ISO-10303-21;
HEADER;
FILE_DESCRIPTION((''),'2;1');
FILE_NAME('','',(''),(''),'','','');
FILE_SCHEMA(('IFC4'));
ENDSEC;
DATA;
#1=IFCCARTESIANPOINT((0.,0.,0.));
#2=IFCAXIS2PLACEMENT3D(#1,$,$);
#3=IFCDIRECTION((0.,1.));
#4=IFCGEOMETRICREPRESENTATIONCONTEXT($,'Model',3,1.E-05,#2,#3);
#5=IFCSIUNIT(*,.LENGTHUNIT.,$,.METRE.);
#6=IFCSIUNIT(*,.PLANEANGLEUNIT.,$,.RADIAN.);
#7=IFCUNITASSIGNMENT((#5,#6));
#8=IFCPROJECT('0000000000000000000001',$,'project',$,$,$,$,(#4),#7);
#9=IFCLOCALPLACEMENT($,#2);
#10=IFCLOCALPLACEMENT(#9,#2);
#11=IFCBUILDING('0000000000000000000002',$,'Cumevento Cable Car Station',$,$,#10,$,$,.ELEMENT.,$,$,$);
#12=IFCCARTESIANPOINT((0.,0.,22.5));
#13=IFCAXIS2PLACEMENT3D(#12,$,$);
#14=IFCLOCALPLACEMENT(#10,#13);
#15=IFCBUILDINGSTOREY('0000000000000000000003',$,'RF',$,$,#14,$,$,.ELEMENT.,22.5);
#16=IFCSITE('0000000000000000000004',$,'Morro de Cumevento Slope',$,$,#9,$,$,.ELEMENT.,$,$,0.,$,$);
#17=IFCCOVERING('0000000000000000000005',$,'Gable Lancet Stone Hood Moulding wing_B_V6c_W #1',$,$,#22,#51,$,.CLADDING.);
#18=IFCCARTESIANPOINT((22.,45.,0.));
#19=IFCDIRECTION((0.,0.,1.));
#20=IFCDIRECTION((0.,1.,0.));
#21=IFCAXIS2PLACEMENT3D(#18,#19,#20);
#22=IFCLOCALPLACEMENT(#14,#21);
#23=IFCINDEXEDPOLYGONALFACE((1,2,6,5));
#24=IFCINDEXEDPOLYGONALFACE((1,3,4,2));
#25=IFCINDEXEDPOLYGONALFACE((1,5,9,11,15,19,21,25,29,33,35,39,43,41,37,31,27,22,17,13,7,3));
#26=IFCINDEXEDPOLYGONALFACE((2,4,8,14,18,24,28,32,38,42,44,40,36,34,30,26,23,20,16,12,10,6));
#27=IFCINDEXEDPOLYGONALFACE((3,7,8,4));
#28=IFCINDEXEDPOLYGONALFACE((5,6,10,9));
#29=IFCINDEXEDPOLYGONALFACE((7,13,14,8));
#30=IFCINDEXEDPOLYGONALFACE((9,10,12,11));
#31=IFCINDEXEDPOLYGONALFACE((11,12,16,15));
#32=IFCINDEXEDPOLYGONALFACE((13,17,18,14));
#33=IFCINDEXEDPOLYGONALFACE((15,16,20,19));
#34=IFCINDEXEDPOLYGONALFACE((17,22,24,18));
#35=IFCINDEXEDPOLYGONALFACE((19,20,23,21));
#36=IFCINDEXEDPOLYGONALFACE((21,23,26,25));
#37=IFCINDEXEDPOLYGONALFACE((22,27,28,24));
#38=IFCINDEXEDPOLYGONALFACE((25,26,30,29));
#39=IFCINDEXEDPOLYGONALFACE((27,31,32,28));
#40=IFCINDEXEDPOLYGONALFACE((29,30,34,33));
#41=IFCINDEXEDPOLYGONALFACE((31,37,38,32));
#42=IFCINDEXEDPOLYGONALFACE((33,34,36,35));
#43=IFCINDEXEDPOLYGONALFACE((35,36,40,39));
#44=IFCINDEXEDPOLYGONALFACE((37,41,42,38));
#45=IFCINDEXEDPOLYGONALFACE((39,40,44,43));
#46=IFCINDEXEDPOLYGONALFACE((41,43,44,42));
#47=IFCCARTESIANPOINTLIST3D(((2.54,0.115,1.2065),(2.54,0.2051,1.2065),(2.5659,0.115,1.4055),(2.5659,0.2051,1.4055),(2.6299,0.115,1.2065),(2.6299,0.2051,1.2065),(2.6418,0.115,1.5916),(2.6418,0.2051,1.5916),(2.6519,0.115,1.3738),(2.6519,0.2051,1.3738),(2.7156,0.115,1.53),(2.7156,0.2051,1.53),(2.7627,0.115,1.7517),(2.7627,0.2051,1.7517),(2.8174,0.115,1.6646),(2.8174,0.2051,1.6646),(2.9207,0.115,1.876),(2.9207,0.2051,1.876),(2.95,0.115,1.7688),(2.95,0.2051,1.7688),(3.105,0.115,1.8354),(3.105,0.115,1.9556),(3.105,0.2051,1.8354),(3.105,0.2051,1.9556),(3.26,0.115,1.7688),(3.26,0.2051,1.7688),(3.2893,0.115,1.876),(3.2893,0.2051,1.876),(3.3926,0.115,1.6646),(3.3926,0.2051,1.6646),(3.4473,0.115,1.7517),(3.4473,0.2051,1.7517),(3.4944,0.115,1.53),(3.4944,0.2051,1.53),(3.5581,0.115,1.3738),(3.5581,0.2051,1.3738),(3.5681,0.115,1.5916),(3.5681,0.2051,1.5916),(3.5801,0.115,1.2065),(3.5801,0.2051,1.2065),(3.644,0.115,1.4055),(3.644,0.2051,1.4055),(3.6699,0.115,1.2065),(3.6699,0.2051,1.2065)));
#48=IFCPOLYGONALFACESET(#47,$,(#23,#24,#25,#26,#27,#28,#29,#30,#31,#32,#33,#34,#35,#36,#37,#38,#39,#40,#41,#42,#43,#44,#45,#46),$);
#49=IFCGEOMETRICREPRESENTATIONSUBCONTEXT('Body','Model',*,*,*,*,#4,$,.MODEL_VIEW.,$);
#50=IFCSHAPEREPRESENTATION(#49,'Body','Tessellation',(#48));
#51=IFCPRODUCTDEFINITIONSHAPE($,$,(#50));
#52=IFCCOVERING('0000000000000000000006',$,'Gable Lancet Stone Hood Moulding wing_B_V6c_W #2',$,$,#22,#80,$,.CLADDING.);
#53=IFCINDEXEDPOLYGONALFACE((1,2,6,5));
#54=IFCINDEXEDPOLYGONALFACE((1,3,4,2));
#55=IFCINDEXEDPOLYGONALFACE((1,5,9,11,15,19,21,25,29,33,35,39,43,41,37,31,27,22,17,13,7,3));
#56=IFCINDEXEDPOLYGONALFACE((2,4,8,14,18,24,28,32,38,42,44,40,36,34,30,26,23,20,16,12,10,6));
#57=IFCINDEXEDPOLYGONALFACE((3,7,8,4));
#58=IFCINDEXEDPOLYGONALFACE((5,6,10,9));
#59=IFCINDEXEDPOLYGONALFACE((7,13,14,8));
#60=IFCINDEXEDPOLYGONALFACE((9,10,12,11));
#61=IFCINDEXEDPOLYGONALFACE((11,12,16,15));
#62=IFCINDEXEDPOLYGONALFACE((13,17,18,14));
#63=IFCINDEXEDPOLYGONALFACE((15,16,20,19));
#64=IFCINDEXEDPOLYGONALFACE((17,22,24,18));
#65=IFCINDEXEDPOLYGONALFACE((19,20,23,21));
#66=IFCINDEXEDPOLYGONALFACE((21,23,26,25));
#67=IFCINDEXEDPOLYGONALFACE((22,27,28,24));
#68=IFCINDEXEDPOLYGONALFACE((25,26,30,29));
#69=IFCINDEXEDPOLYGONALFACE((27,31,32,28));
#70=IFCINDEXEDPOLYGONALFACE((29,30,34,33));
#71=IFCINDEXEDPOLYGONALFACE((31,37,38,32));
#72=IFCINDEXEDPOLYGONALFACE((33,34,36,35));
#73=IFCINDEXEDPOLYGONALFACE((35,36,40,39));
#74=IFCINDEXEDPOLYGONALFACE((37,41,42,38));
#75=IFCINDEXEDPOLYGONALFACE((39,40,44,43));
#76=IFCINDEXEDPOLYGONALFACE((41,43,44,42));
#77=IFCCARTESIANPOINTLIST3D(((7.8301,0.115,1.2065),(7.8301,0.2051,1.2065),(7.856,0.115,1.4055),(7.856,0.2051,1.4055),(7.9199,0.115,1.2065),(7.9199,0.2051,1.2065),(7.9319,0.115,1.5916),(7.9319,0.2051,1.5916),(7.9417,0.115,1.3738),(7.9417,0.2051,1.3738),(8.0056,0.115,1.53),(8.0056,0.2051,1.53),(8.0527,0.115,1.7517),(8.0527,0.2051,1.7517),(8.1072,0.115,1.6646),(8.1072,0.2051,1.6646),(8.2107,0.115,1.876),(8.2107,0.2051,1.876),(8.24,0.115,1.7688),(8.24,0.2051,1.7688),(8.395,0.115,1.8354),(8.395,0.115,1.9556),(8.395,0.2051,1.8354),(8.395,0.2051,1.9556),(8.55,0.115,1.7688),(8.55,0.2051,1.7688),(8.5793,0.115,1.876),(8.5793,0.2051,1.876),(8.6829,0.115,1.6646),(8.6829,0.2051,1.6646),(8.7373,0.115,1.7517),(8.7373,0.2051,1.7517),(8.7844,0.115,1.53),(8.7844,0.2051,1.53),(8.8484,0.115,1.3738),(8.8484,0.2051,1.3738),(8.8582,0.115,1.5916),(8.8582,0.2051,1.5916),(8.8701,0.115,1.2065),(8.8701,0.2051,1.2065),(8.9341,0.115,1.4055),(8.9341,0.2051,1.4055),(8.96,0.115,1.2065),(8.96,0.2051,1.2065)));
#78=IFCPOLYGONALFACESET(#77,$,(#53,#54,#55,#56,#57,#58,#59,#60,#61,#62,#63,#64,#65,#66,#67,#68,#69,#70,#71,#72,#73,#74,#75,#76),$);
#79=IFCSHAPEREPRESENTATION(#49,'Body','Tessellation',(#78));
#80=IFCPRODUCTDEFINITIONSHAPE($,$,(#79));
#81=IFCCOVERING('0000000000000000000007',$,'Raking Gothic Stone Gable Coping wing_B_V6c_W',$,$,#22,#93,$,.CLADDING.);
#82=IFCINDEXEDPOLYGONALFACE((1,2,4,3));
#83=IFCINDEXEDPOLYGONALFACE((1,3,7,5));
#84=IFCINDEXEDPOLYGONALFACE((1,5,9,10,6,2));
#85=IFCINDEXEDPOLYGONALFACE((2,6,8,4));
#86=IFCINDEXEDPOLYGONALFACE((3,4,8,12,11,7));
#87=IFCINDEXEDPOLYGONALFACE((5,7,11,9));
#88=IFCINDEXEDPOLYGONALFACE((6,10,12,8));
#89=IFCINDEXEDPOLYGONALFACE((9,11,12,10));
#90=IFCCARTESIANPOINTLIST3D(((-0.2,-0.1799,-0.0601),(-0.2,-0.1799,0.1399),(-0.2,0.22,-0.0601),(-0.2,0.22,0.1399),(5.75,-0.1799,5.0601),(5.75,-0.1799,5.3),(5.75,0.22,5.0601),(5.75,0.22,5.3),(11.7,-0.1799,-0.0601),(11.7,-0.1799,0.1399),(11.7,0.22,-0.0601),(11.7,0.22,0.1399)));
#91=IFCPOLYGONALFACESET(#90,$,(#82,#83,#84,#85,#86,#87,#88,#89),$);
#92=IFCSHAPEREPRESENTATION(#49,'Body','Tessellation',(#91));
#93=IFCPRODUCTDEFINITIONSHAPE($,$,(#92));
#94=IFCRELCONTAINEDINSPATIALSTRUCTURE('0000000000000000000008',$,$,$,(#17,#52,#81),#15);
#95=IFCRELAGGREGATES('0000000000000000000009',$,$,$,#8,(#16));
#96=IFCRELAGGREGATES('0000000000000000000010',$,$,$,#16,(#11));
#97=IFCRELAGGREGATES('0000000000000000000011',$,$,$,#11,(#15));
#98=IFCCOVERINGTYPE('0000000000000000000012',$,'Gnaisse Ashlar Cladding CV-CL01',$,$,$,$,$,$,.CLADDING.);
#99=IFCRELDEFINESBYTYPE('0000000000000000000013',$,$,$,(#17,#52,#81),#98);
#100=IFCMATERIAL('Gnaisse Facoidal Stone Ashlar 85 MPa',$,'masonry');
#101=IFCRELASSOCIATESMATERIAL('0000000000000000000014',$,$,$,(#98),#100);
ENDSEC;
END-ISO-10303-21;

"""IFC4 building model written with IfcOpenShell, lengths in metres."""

from ifc_helpers import new_model, si_unit, direction, frame, origin, place, context, subcontext, project, spatial, polyline, outline, extrude, material, type_object, element, save


model = new_model("IFC4")

# Units and contexts
model_context = context("Model", 3, precision=1e-05, world=origin(), true_north=direction((0.0, 1.0)))
body_context = subcontext(model_context, "Body", "Model", "MODEL_VIEW")
ifc_project = project(units=[si_unit("LENGTHUNIT", "METRE"), si_unit("PLANEANGLEUNIT", "RADIAN")], contexts=[model_context])

# Site, building, storey
site_placement = place(None, origin())
site = spatial("IfcSite", under=ifc_project, at=site_placement, Name="Morro de Cumevento Slope", CompositionType="ELEMENT", RefElevation=0.0)
building_placement = place(site_placement, origin())
building = spatial("IfcBuilding", under=site, at=building_placement, Name="Cumevento Cable Car Station", CompositionType="ELEMENT")
storey_placement = place(building_placement, frame((0.0, 0.0, 22.5)))
storey = spatial("IfcBuildingStorey", under=building, at=storey_placement, Name="RF", CompositionType="ELEMENT", Elevation=22.5)

# Coverings
ifc_material_1 = material(Name="Gnaisse Facoidal Stone Ashlar 85 MPa", Category="masonry")
covering_type = type_object("IfcCoveringType", Name="Gnaisse Ashlar Cladding CV-CL01", PredefinedType="CLADDING", material=ifc_material_1)
placement_1 = place(storey_placement, frame((22.0, 45.0, 0.0), z_axis=(0.0, 0.0, 1.0), x_axis=(0.0, 1.0, 0.0)))
element("IfcCovering", 1, at=placement_1, inside=storey, type_object=covering_type, Name="Gable Lancet Stone Hood Moulding wing_B_V6c_W #1", PredefinedType="CLADDING", context=body_context, shape_type="SweptSolid", body=[
    extrude(outline(polyline([(2.6299, 1.2065), (2.6519, 1.3738), (2.7156, 1.53), (2.8174, 1.6646), (2.95, 1.7688), (3.105, 1.8354), (3.26, 1.7688), (3.3926, 1.6646), (3.4944, 1.53), (3.5581, 1.3738), (3.5801, 1.2065), (3.6699, 1.2065), (3.644, 1.4055), (3.5681, 1.5916), (3.4473, 1.7517), (3.2893, 1.876), (3.105, 1.9556), (2.9207, 1.876), (2.7627, 1.7517), (2.6418, 1.5916), (2.5659, 1.4055), (2.54, 1.2065), (2.6299, 1.2065)])), frame((0.0, 0.2051, 0.0), z_axis=(0.0, -1.0, 0.0), x_axis=(1.0, 0.0, 0.0)), (0.0, 0.0, 1.0), 0.0901),
])
element("IfcCovering", 2, at=placement_1, inside=storey, type_object=covering_type, Name="Gable Lancet Stone Hood Moulding wing_B_V6c_W #2", PredefinedType="CLADDING", context=body_context, shape_type="SweptSolid", body=[
    extrude(outline(polyline([(7.9199, 1.2065), (7.9417, 1.3738), (8.0056, 1.53), (8.1072, 1.6646), (8.24, 1.7688), (8.395, 1.8354), (8.55, 1.7688), (8.6829, 1.6646), (8.7844, 1.53), (8.8484, 1.3738), (8.8701, 1.2065), (8.96, 1.2065), (8.9341, 1.4055), (8.8582, 1.5916), (8.7373, 1.7517), (8.5793, 1.876), (8.395, 1.9556), (8.2107, 1.876), (8.0527, 1.7517), (7.9319, 1.5916), (7.856, 1.4055), (7.8301, 1.2065), (7.9199, 1.2065)])), frame((0.0, 0.2051, 0.0), z_axis=(0.0, -1.0, 0.0), x_axis=(1.0, 0.0, 0.0)), (0.0, 0.0, 1.0), 0.0901),
])
element("IfcCovering", 3, at=placement_1, inside=storey, type_object=covering_type, Name="Raking Gothic Stone Gable Coping wing_B_V6c_W", PredefinedType="CLADDING", context=body_context, shape_type="SweptSolid", body=[
    extrude(outline(polyline([(-0.2, -0.0601), (5.75, 5.0601), (11.7, -0.0601), (11.7, 0.1399), (5.75, 5.3), (-0.2, 0.1399), (-0.2, -0.0601)])), frame((0.0, 0.22, 0.0), z_axis=(0.0, -1.0, 0.0), x_axis=(1.0, 0.0, 0.0)), (0.0, 0.0, 1.0), 0.3999),
])

save(model, "model.ifc")
